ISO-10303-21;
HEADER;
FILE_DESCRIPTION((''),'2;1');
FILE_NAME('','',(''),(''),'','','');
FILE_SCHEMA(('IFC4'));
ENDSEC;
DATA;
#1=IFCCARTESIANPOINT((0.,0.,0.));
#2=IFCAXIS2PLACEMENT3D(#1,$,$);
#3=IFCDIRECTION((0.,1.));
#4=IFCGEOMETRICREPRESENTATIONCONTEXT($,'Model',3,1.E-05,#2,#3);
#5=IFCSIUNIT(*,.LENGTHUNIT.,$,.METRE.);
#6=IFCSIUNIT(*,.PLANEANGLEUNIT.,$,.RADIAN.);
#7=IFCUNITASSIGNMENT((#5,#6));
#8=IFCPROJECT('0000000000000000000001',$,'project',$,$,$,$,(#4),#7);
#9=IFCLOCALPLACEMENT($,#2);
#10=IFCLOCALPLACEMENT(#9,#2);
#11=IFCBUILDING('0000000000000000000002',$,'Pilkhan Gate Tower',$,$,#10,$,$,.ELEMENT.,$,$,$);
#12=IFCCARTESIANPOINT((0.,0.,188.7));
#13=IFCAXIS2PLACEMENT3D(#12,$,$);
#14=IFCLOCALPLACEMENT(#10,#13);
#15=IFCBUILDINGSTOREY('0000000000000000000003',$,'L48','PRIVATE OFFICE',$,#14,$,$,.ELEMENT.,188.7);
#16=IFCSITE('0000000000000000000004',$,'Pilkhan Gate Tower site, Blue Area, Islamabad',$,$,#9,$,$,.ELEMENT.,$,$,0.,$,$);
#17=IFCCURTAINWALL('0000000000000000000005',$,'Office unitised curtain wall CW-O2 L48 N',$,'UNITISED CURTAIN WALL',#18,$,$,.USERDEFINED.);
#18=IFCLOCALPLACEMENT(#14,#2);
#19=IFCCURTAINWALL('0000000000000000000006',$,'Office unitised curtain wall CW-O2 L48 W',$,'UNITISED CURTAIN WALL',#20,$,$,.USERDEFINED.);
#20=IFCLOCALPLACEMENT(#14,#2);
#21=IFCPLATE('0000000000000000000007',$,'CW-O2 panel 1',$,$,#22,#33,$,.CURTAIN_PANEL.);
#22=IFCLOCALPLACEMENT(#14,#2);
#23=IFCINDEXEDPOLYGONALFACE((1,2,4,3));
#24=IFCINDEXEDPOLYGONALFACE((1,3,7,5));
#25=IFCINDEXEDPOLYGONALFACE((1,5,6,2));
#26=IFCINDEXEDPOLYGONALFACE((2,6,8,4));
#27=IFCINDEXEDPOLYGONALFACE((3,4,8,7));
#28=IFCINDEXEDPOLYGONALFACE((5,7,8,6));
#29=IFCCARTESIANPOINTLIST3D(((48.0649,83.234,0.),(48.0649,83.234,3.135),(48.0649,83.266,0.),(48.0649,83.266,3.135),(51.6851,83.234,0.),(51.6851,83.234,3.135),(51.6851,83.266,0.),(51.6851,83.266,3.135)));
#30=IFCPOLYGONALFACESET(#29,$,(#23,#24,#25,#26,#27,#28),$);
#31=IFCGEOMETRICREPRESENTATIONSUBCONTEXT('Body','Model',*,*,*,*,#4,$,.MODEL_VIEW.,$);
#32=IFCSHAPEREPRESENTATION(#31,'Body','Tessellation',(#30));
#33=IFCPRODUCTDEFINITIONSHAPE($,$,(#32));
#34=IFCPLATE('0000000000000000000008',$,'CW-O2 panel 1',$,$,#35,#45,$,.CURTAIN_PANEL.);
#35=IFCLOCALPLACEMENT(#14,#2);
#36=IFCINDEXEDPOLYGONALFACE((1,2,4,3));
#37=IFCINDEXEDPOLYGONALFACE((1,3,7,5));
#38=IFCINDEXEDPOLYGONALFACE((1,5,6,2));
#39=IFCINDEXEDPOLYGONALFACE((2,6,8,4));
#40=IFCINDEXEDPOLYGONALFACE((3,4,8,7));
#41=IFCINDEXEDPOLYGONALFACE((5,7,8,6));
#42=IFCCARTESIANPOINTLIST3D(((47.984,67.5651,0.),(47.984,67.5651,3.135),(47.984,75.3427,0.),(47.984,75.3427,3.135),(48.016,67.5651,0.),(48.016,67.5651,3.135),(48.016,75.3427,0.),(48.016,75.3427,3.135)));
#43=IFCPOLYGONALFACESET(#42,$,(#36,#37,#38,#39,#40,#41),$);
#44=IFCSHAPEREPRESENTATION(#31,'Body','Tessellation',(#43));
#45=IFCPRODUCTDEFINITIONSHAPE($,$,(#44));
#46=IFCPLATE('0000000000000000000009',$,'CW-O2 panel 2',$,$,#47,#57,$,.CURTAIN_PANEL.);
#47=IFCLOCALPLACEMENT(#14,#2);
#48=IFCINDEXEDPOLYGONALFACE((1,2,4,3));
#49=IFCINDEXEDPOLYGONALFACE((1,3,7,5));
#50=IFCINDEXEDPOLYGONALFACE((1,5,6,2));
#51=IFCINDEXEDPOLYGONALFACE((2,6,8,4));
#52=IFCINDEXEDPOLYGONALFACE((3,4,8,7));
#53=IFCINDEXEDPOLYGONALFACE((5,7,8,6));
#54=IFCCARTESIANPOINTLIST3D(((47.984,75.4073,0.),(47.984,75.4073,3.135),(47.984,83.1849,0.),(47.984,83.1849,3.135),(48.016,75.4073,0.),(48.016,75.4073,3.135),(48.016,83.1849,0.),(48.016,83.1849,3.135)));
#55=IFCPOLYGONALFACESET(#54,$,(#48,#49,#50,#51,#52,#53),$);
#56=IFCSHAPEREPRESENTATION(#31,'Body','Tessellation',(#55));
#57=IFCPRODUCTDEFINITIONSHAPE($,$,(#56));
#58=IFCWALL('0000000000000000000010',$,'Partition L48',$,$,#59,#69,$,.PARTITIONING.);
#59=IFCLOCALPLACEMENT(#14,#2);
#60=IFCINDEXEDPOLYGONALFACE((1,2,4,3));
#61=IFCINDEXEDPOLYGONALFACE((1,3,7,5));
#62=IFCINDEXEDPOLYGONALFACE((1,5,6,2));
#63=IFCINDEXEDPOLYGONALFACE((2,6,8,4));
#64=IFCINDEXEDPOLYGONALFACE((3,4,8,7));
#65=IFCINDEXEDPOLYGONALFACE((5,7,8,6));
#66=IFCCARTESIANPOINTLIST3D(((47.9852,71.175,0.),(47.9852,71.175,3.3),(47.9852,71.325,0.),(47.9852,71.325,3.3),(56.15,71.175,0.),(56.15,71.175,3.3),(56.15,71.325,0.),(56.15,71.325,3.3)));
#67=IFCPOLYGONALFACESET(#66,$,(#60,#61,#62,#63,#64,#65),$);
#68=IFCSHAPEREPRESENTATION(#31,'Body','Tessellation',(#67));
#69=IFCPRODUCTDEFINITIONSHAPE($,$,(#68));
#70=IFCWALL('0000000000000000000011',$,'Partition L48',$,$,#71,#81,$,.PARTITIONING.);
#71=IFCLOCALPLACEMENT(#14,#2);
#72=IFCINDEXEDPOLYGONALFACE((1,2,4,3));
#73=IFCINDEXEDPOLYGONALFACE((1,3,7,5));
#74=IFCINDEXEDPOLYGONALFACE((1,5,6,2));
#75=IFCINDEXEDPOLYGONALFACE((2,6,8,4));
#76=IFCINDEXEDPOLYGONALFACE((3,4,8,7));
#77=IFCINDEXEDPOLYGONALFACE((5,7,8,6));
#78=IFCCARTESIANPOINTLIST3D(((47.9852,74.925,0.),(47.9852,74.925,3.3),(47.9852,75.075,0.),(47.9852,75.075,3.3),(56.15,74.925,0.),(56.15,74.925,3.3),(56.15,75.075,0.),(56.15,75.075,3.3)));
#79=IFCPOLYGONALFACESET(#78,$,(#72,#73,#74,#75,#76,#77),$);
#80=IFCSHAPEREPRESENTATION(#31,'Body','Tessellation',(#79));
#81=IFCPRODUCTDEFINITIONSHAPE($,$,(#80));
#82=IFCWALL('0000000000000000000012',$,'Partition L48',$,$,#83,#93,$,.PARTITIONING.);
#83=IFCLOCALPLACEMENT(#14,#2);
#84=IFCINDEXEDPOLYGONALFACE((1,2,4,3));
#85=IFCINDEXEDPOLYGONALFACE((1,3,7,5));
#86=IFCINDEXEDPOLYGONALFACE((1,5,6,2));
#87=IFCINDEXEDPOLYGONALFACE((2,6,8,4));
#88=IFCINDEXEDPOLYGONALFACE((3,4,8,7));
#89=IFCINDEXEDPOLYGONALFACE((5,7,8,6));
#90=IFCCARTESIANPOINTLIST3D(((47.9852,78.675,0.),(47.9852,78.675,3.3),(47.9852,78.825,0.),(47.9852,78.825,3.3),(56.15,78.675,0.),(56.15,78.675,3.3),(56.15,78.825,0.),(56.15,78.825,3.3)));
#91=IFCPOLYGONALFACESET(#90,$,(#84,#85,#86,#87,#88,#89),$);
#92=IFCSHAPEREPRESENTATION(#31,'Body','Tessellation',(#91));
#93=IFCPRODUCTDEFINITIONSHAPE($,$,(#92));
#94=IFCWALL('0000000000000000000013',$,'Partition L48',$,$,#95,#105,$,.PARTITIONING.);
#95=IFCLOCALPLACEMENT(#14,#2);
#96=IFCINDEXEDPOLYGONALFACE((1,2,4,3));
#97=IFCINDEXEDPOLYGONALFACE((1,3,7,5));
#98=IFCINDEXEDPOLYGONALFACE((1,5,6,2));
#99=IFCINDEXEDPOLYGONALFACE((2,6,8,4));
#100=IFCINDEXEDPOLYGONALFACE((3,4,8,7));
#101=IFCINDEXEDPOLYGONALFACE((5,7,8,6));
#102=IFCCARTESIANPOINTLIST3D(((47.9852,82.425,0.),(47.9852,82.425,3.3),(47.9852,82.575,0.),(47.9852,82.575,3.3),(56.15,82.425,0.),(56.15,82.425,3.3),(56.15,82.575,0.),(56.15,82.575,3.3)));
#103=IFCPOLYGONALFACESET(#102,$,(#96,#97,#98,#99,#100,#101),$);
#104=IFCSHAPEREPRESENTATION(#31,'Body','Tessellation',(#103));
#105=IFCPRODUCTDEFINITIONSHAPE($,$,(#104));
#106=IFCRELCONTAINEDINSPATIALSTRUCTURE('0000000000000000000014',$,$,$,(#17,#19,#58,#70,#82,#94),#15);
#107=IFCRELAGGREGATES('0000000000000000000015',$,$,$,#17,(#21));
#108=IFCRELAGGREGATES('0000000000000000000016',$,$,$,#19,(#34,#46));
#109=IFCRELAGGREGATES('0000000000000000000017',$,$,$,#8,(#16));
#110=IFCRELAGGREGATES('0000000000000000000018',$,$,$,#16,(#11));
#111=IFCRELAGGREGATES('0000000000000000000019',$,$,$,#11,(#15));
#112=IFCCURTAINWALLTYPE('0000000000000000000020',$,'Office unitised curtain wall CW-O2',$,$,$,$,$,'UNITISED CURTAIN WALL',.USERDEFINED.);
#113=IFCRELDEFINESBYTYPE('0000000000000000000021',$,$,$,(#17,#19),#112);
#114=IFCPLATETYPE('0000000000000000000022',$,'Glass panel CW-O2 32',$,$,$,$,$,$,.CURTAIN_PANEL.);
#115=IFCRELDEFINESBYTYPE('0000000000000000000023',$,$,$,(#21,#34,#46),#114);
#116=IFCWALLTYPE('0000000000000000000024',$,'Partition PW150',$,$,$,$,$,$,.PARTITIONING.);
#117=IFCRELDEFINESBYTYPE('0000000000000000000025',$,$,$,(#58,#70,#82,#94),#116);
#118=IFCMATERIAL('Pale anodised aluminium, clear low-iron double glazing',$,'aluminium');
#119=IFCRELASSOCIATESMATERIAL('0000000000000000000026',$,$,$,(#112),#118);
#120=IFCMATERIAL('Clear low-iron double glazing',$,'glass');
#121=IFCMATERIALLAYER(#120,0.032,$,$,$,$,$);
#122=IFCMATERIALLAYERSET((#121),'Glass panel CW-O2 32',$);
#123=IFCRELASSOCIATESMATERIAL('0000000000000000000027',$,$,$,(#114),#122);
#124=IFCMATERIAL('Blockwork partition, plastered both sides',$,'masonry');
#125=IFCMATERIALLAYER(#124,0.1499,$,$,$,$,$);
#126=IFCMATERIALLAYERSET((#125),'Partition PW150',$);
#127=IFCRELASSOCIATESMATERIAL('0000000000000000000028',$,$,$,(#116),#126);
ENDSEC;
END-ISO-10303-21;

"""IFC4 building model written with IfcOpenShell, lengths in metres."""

from ifc_helpers import new_model, si_unit, direction, frame, frame_2d, origin, origin_2d, place, context, subcontext, project, spatial, rectangle, extrude, material, layer, layer_set, type_object, element, aggregate, save


model = new_model("IFC4")

# Units and contexts
model_context = context("Model", 3, precision=1e-05, world=origin(), true_north=direction((0.0, 1.0)))
body_context = subcontext(model_context, "Body", "Model", "MODEL_VIEW")
ifc_project = project(units=[si_unit("LENGTHUNIT", "METRE"), si_unit("PLANEANGLEUNIT", "RADIAN")], contexts=[model_context])

# Site, building, storey
site_placement = place(None, origin())
site = spatial("IfcSite", under=ifc_project, at=site_placement, Name="Pilkhan Gate Tower site, Blue Area, Islamabad", CompositionType="ELEMENT", RefElevation=0.0)
building_placement = place(site_placement, origin())
building = spatial("IfcBuilding", under=site, at=building_placement, Name="Pilkhan Gate Tower", CompositionType="ELEMENT")
storey_placement = place(building_placement, frame((0.0, 0.0, 188.7)))
storey = spatial("IfcBuildingStorey", under=building, at=storey_placement, Name="L48", Description="PRIVATE OFFICE", CompositionType="ELEMENT", Elevation=188.7)

# Shared definitions
ifc_material_1 = material(Name="Pale anodised aluminium, clear low-iron double glazing", Category="aluminium")
curtain_wall_type = type_object("IfcCurtainWallType", Name="Office unitised curtain wall CW-O2", ElementType="UNITISED CURTAIN WALL", PredefinedType="USERDEFINED", material=ifc_material_1)

# Curtain walls
curtain_wall_1_placement = place(storey_placement, origin())
curtain_wall_1 = element("IfcCurtainWall", 1, at=curtain_wall_1_placement, inside=storey, type_object=curtain_wall_type, Name="Office unitised curtain wall CW-O2 L48 N", ObjectType="UNITISED CURTAIN WALL", PredefinedType="USERDEFINED")
curtain_wall_2_placement = place(storey_placement, origin())
curtain_wall_2 = element("IfcCurtainWall", 2, at=curtain_wall_2_placement, inside=storey, type_object=curtain_wall_type, Name="Office unitised curtain wall CW-O2 L48 W", ObjectType="UNITISED CURTAIN WALL", PredefinedType="USERDEFINED")

# Plates
ifc_material_2 = material(Name="Clear low-iron double glazing", Category="glass")
ifc_layer_1 = layer(ifc_material_2, 0.032)
ifc_layer_set_1 = layer_set([ifc_layer_1], Name="Glass panel CW-O2 32")
plate_type = type_object("IfcPlateType", Name="Glass panel CW-O2 32", PredefinedType="CURTAIN_PANEL", material=ifc_layer_set_1)
plate_1_placement = place(storey_placement, frame((49.875, 83.25, 0.0), z_axis=(0.0, 0.0, 1.0), x_axis=(1.0, 0.0, 0.0)))
plate_1 = element("IfcPlate", 3, at=plate_1_placement, type_object=plate_type, Name="CW-O2 panel 1", PredefinedType="CURTAIN_PANEL", context=body_context, shape_type="SweptSolid", body=[
    extrude(rectangle(XDim=3.6201, YDim=0.032, at=origin_2d()), origin(), (0.0, 0.0, 1.0), 3.135),
])
aggregate(curtain_wall_1, [plate_1])
plate_2_placement = place(storey_placement, frame((48.0, 71.4539, 0.0), z_axis=(0.0, 0.0, 1.0), x_axis=(0.0, 1.0, 0.0)))
plate_2 = element("IfcPlate", 4, at=plate_2_placement, type_object=plate_type, Name="CW-O2 panel 1", PredefinedType="CURTAIN_PANEL", context=body_context, shape_type="SweptSolid", body=[
    extrude(rectangle(XDim=7.7776, YDim=0.032, at=origin_2d()), origin(), (0.0, 0.0, 1.0), 3.135),
])
plate_3_placement = place(storey_placement, frame((48.0, 79.2961, 0.0), z_axis=(0.0, 0.0, 1.0), x_axis=(0.0, 1.0, 0.0)))
plate_3 = element("IfcPlate", 5, at=plate_3_placement, type_object=plate_type, Name="CW-O2 panel 2", PredefinedType="CURTAIN_PANEL", context=body_context, shape_type="SweptSolid", body=[
    extrude(rectangle(XDim=7.7776, YDim=0.032, at=origin_2d()), origin(), (0.0, 0.0, 1.0), 3.135),
])
aggregate(curtain_wall_2, [plate_2, plate_3])

# Walls
ifc_material_3 = material(Name="Blockwork partition, plastered both sides", Category="masonry")
ifc_layer_2 = layer(ifc_material_3, 0.1499)
ifc_layer_set_2 = layer_set([ifc_layer_2], Name="Partition PW150")
wall_type = type_object("IfcWallType", Name="Partition PW150", PredefinedType="PARTITIONING", material=ifc_layer_set_2)
for number, where, z_axis, x_axis, name in (
    (6, (47.9851, 71.25, 0.0), (0.0, 0.0, 1.0), (1.0, 0.0, 0.0), "Partition L48"),
    (7, (47.9851, 75.0, 0.0), (0.0, 0.0, 1.0), (1.0, 0.0, 0.0), "Partition L48"),
    (8, (47.9851, 78.75, 0.0), (0.0, 0.0, 1.0), (1.0, 0.0, 0.0), "Partition L48"),
    (9, (47.9851, 82.5, 0.0), (0.0, 0.0, 1.0), (1.0, 0.0, 0.0), "Partition L48"),
):
    element("IfcWall", number, at=place(storey_placement, frame(where, z_axis=z_axis, x_axis=x_axis)), inside=storey, type_object=wall_type, Name=name, PredefinedType="PARTITIONING", context=body_context, shape_type="SweptSolid", body=[
        extrude(rectangle(XDim=8.1648, YDim=0.1499, at=frame_2d((4.0825, 0.0))), origin(), (0.0, 0.0, 1.0), 3.3),
    ])

save(model, "model.ifc")
